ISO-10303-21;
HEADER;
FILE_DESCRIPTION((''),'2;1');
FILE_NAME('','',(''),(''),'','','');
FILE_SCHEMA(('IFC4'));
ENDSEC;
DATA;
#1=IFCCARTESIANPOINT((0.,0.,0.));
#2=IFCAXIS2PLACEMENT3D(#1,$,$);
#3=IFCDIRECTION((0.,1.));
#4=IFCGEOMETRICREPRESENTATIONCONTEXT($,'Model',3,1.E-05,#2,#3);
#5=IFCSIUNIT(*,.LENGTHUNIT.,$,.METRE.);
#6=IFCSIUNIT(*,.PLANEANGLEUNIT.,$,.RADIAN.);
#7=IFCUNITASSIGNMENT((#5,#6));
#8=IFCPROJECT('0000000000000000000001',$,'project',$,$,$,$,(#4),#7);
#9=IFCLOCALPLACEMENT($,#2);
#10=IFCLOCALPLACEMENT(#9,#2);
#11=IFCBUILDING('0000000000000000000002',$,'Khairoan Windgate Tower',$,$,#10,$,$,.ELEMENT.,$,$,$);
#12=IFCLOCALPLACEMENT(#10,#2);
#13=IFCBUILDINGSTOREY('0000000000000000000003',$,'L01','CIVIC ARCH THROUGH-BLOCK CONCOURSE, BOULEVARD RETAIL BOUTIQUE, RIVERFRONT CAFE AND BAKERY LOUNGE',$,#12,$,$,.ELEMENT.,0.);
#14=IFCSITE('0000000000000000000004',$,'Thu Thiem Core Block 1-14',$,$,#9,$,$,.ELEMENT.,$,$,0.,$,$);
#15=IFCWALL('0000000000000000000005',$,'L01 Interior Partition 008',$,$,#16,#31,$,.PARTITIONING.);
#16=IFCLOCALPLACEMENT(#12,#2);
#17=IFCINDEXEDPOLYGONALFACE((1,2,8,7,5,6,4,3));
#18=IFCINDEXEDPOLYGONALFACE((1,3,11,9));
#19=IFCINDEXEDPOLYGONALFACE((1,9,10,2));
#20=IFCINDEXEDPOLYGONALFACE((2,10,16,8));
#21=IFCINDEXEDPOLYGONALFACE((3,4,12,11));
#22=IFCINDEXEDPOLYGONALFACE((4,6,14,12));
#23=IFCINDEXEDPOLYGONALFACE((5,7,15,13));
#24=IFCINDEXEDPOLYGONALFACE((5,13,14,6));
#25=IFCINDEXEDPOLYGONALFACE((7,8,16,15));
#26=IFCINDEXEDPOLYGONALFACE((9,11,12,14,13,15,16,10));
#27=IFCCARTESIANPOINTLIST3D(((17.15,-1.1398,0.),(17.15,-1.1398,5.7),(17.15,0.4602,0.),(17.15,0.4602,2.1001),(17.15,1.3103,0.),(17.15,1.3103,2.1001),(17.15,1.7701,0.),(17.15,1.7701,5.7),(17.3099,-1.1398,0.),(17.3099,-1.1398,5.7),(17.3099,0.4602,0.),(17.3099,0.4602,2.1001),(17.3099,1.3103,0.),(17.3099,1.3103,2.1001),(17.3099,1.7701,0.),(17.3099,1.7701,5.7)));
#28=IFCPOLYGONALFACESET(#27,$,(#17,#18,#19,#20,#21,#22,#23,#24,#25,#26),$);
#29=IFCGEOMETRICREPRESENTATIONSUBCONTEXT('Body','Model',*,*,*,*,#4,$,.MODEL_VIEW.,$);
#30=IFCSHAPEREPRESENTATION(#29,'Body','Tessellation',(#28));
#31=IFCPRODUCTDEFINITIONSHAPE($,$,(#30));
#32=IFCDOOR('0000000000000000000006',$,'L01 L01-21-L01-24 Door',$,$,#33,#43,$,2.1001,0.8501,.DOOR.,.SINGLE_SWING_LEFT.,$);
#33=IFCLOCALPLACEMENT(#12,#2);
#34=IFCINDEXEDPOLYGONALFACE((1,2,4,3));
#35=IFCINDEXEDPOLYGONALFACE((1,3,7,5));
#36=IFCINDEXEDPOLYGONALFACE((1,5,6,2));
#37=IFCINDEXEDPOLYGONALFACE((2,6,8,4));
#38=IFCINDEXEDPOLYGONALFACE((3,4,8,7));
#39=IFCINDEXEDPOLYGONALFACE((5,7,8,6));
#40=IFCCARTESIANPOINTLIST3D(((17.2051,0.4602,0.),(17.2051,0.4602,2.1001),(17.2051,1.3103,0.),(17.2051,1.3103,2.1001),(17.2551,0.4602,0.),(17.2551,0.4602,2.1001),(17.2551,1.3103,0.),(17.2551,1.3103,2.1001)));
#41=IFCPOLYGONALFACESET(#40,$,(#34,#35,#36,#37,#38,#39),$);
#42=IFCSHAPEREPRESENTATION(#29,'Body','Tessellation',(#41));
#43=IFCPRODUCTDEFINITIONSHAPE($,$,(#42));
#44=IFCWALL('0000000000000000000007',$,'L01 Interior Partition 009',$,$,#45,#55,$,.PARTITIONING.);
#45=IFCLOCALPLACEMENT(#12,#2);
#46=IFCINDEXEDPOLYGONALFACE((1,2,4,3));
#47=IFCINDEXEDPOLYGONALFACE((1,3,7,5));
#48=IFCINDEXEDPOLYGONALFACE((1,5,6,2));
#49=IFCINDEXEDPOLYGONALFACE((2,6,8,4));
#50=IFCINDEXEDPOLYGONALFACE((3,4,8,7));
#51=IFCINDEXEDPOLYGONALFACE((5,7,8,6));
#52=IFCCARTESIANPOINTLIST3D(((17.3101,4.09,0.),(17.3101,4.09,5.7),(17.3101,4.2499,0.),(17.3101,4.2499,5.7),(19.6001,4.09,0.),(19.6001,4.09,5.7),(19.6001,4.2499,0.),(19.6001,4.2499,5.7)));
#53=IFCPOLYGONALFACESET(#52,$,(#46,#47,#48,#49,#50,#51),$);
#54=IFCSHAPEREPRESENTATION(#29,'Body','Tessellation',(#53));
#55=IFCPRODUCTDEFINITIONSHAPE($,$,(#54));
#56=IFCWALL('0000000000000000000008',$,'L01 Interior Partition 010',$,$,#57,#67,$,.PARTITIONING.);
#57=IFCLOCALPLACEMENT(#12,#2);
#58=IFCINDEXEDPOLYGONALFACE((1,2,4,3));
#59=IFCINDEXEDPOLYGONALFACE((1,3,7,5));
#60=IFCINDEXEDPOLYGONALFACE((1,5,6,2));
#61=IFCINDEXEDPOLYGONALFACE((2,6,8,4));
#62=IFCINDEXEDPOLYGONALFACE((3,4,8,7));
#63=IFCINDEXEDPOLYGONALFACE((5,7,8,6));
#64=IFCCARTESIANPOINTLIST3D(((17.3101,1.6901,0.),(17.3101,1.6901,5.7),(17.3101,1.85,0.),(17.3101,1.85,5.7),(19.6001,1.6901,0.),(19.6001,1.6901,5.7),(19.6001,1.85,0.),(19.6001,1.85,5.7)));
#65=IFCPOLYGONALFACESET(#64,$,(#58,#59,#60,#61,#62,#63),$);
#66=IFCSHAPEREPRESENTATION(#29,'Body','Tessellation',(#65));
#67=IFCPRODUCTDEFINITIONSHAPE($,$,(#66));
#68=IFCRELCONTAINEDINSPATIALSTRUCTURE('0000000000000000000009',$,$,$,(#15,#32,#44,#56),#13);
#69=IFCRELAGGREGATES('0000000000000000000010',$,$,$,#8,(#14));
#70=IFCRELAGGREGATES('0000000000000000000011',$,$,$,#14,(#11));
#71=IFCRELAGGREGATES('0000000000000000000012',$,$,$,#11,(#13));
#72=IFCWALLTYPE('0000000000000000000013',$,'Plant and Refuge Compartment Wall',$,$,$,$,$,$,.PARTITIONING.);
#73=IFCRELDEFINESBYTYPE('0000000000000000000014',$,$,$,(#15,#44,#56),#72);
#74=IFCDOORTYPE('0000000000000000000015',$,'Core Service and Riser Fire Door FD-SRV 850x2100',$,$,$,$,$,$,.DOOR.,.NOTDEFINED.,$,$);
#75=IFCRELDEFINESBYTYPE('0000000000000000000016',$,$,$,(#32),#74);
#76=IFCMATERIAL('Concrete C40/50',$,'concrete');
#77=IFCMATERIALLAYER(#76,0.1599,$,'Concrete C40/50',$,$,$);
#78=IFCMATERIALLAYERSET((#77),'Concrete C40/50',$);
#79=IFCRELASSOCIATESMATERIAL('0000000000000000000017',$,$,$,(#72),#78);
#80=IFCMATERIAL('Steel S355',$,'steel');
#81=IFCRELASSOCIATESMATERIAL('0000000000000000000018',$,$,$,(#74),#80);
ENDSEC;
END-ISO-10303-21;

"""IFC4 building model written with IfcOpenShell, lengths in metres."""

from ifc_helpers import new_model, si_unit, direction, frame, frame_2d, origin, place, context, subcontext, project, spatial, rectangle, extrude, material, layer, layer_set, type_object, element, fill, save


model = new_model("IFC4")

# Units and contexts
model_context = context("Model", 3, precision=1e-05, world=origin(), true_north=direction((0.0, 1.0)))
body_context = subcontext(model_context, "Body", "Model", "MODEL_VIEW")
ifc_project = project(units=[si_unit("LENGTHUNIT", "METRE"), si_unit("PLANEANGLEUNIT", "RADIAN")], contexts=[model_context])

# Site, building, storey
site_placement = place(None, origin())
site = spatial("IfcSite", under=ifc_project, at=site_placement, Name="Thu Thiem Core Block 1-14", CompositionType="ELEMENT", RefElevation=0.0)
building_placement = place(site_placement, origin())
building = spatial("IfcBuilding", under=site, at=building_placement, Name="Khairoan Windgate Tower", CompositionType="ELEMENT")
storey_placement = place(building_placement, origin())
storey = spatial("IfcBuildingStorey", under=building, at=storey_placement, Name="L01", Description="CIVIC ARCH THROUGH-BLOCK CONCOURSE, BOULEVARD RETAIL BOUTIQUE, RIVERFRONT CAFE AND BAKERY LOUNGE", CompositionType="ELEMENT", Elevation=0.0)

# Wall, opening, door
ifc_material_1 = material(Name="Concrete C40/50", Category="concrete")
ifc_layer_1 = layer(ifc_material_1, 0.1599, Name="Concrete C40/50")
ifc_layer_set_1 = layer_set([ifc_layer_1], Name="Concrete C40/50")
wall_type_1 = type_object("IfcWallType", Name="Plant and Refuge Compartment Wall", PredefinedType="PARTITIONING", material=ifc_layer_set_1)
ifc_material_2 = material(Name="Steel S355", Category="steel")
door_type = type_object("IfcDoorType", Name="Core Service and Riser Fire Door FD-SRV 850x2100", OperationType="NOTDEFINED", PredefinedType="DOOR", material=ifc_material_2)
wall_1_placement = place(storey_placement, frame((17.23, -1.1399, 0.0), z_axis=(0.0, 0.0, 1.0), x_axis=(0.0, 1.0, 0.0)))
wall_1 = element("IfcWall", 1, at=wall_1_placement, inside=storey, type_object=wall_type_1, Name="L01 Interior Partition 008", PredefinedType="PARTITIONING", context=body_context, shape_type="SweptSolid", body=[
    extrude(rectangle(XDim=2.9099, YDim=0.1599, at=frame_2d((1.4551, 0.0))), origin(), (0.0, 0.0, 1.0), 5.7),
])
opening_1_placement = place(wall_1_placement, frame((1.6001, 0.0, 0.0)))
opening_1 = element("IfcOpeningElement", 2, at=opening_1_placement, cuts=wall_1, PredefinedType="OPENING", context=body_context, shape_type="SweptSolid", body=[
    extrude(rectangle(XDim=0.8501, YDim=2.1001, at=frame_2d((0.425, 1.05))), frame((0.0, 0.0898, 0.0), z_axis=(0.0, -1.0, 0.0), x_axis=(1.0, 0.0, 0.0)), (0.0, 0.0, 1.0), 0.1799),
])
door_1_placement = place(opening_1_placement, origin())
door_1 = element("IfcDoor", 3, at=door_1_placement, inside=storey, type_object=door_type, Name="L01 L01-21-L01-24 Door", OperationType="SINGLE_SWING_LEFT", OverallHeight=2.1001, OverallWidth=0.8501, PredefinedType="DOOR", context=body_context, shape_type="SweptSolid", body=[
    extrude(rectangle(XDim=0.8501, YDim=2.1001, at=frame_2d((0.425, 1.05))), frame((0.0, 0.0249, 0.0), z_axis=(0.0, -1.0, 0.0), x_axis=(1.0, 0.0, 0.0)), (0.0, 0.0, 1.0), 0.05),
])
fill(opening_1, door_1)

# Walls
for number, where, z_axis, x_axis, name in (
    (4, (17.3101, 4.1699, 0.0), (0.0, 0.0, 1.0), (1.0, 0.0, 0.0), "L01 Interior Partition 009"),
    (5, (17.3101, 1.77, 0.0), (0.0, 0.0, 1.0), (1.0, 0.0, 0.0), "L01 Interior Partition 010"),
):
    element("IfcWall", number, at=place(storey_placement, frame(where, z_axis=z_axis, x_axis=x_axis)), inside=storey, type_object=wall_type_1, Name=name, PredefinedType="PARTITIONING", context=body_context, shape_type="SweptSolid", body=[
        extrude(rectangle(XDim=2.29, YDim=0.1599, at=frame_2d((1.145, 0.0))), origin(), (0.0, 0.0, 1.0), 5.7),
    ])

save(model, "model.ifc")
